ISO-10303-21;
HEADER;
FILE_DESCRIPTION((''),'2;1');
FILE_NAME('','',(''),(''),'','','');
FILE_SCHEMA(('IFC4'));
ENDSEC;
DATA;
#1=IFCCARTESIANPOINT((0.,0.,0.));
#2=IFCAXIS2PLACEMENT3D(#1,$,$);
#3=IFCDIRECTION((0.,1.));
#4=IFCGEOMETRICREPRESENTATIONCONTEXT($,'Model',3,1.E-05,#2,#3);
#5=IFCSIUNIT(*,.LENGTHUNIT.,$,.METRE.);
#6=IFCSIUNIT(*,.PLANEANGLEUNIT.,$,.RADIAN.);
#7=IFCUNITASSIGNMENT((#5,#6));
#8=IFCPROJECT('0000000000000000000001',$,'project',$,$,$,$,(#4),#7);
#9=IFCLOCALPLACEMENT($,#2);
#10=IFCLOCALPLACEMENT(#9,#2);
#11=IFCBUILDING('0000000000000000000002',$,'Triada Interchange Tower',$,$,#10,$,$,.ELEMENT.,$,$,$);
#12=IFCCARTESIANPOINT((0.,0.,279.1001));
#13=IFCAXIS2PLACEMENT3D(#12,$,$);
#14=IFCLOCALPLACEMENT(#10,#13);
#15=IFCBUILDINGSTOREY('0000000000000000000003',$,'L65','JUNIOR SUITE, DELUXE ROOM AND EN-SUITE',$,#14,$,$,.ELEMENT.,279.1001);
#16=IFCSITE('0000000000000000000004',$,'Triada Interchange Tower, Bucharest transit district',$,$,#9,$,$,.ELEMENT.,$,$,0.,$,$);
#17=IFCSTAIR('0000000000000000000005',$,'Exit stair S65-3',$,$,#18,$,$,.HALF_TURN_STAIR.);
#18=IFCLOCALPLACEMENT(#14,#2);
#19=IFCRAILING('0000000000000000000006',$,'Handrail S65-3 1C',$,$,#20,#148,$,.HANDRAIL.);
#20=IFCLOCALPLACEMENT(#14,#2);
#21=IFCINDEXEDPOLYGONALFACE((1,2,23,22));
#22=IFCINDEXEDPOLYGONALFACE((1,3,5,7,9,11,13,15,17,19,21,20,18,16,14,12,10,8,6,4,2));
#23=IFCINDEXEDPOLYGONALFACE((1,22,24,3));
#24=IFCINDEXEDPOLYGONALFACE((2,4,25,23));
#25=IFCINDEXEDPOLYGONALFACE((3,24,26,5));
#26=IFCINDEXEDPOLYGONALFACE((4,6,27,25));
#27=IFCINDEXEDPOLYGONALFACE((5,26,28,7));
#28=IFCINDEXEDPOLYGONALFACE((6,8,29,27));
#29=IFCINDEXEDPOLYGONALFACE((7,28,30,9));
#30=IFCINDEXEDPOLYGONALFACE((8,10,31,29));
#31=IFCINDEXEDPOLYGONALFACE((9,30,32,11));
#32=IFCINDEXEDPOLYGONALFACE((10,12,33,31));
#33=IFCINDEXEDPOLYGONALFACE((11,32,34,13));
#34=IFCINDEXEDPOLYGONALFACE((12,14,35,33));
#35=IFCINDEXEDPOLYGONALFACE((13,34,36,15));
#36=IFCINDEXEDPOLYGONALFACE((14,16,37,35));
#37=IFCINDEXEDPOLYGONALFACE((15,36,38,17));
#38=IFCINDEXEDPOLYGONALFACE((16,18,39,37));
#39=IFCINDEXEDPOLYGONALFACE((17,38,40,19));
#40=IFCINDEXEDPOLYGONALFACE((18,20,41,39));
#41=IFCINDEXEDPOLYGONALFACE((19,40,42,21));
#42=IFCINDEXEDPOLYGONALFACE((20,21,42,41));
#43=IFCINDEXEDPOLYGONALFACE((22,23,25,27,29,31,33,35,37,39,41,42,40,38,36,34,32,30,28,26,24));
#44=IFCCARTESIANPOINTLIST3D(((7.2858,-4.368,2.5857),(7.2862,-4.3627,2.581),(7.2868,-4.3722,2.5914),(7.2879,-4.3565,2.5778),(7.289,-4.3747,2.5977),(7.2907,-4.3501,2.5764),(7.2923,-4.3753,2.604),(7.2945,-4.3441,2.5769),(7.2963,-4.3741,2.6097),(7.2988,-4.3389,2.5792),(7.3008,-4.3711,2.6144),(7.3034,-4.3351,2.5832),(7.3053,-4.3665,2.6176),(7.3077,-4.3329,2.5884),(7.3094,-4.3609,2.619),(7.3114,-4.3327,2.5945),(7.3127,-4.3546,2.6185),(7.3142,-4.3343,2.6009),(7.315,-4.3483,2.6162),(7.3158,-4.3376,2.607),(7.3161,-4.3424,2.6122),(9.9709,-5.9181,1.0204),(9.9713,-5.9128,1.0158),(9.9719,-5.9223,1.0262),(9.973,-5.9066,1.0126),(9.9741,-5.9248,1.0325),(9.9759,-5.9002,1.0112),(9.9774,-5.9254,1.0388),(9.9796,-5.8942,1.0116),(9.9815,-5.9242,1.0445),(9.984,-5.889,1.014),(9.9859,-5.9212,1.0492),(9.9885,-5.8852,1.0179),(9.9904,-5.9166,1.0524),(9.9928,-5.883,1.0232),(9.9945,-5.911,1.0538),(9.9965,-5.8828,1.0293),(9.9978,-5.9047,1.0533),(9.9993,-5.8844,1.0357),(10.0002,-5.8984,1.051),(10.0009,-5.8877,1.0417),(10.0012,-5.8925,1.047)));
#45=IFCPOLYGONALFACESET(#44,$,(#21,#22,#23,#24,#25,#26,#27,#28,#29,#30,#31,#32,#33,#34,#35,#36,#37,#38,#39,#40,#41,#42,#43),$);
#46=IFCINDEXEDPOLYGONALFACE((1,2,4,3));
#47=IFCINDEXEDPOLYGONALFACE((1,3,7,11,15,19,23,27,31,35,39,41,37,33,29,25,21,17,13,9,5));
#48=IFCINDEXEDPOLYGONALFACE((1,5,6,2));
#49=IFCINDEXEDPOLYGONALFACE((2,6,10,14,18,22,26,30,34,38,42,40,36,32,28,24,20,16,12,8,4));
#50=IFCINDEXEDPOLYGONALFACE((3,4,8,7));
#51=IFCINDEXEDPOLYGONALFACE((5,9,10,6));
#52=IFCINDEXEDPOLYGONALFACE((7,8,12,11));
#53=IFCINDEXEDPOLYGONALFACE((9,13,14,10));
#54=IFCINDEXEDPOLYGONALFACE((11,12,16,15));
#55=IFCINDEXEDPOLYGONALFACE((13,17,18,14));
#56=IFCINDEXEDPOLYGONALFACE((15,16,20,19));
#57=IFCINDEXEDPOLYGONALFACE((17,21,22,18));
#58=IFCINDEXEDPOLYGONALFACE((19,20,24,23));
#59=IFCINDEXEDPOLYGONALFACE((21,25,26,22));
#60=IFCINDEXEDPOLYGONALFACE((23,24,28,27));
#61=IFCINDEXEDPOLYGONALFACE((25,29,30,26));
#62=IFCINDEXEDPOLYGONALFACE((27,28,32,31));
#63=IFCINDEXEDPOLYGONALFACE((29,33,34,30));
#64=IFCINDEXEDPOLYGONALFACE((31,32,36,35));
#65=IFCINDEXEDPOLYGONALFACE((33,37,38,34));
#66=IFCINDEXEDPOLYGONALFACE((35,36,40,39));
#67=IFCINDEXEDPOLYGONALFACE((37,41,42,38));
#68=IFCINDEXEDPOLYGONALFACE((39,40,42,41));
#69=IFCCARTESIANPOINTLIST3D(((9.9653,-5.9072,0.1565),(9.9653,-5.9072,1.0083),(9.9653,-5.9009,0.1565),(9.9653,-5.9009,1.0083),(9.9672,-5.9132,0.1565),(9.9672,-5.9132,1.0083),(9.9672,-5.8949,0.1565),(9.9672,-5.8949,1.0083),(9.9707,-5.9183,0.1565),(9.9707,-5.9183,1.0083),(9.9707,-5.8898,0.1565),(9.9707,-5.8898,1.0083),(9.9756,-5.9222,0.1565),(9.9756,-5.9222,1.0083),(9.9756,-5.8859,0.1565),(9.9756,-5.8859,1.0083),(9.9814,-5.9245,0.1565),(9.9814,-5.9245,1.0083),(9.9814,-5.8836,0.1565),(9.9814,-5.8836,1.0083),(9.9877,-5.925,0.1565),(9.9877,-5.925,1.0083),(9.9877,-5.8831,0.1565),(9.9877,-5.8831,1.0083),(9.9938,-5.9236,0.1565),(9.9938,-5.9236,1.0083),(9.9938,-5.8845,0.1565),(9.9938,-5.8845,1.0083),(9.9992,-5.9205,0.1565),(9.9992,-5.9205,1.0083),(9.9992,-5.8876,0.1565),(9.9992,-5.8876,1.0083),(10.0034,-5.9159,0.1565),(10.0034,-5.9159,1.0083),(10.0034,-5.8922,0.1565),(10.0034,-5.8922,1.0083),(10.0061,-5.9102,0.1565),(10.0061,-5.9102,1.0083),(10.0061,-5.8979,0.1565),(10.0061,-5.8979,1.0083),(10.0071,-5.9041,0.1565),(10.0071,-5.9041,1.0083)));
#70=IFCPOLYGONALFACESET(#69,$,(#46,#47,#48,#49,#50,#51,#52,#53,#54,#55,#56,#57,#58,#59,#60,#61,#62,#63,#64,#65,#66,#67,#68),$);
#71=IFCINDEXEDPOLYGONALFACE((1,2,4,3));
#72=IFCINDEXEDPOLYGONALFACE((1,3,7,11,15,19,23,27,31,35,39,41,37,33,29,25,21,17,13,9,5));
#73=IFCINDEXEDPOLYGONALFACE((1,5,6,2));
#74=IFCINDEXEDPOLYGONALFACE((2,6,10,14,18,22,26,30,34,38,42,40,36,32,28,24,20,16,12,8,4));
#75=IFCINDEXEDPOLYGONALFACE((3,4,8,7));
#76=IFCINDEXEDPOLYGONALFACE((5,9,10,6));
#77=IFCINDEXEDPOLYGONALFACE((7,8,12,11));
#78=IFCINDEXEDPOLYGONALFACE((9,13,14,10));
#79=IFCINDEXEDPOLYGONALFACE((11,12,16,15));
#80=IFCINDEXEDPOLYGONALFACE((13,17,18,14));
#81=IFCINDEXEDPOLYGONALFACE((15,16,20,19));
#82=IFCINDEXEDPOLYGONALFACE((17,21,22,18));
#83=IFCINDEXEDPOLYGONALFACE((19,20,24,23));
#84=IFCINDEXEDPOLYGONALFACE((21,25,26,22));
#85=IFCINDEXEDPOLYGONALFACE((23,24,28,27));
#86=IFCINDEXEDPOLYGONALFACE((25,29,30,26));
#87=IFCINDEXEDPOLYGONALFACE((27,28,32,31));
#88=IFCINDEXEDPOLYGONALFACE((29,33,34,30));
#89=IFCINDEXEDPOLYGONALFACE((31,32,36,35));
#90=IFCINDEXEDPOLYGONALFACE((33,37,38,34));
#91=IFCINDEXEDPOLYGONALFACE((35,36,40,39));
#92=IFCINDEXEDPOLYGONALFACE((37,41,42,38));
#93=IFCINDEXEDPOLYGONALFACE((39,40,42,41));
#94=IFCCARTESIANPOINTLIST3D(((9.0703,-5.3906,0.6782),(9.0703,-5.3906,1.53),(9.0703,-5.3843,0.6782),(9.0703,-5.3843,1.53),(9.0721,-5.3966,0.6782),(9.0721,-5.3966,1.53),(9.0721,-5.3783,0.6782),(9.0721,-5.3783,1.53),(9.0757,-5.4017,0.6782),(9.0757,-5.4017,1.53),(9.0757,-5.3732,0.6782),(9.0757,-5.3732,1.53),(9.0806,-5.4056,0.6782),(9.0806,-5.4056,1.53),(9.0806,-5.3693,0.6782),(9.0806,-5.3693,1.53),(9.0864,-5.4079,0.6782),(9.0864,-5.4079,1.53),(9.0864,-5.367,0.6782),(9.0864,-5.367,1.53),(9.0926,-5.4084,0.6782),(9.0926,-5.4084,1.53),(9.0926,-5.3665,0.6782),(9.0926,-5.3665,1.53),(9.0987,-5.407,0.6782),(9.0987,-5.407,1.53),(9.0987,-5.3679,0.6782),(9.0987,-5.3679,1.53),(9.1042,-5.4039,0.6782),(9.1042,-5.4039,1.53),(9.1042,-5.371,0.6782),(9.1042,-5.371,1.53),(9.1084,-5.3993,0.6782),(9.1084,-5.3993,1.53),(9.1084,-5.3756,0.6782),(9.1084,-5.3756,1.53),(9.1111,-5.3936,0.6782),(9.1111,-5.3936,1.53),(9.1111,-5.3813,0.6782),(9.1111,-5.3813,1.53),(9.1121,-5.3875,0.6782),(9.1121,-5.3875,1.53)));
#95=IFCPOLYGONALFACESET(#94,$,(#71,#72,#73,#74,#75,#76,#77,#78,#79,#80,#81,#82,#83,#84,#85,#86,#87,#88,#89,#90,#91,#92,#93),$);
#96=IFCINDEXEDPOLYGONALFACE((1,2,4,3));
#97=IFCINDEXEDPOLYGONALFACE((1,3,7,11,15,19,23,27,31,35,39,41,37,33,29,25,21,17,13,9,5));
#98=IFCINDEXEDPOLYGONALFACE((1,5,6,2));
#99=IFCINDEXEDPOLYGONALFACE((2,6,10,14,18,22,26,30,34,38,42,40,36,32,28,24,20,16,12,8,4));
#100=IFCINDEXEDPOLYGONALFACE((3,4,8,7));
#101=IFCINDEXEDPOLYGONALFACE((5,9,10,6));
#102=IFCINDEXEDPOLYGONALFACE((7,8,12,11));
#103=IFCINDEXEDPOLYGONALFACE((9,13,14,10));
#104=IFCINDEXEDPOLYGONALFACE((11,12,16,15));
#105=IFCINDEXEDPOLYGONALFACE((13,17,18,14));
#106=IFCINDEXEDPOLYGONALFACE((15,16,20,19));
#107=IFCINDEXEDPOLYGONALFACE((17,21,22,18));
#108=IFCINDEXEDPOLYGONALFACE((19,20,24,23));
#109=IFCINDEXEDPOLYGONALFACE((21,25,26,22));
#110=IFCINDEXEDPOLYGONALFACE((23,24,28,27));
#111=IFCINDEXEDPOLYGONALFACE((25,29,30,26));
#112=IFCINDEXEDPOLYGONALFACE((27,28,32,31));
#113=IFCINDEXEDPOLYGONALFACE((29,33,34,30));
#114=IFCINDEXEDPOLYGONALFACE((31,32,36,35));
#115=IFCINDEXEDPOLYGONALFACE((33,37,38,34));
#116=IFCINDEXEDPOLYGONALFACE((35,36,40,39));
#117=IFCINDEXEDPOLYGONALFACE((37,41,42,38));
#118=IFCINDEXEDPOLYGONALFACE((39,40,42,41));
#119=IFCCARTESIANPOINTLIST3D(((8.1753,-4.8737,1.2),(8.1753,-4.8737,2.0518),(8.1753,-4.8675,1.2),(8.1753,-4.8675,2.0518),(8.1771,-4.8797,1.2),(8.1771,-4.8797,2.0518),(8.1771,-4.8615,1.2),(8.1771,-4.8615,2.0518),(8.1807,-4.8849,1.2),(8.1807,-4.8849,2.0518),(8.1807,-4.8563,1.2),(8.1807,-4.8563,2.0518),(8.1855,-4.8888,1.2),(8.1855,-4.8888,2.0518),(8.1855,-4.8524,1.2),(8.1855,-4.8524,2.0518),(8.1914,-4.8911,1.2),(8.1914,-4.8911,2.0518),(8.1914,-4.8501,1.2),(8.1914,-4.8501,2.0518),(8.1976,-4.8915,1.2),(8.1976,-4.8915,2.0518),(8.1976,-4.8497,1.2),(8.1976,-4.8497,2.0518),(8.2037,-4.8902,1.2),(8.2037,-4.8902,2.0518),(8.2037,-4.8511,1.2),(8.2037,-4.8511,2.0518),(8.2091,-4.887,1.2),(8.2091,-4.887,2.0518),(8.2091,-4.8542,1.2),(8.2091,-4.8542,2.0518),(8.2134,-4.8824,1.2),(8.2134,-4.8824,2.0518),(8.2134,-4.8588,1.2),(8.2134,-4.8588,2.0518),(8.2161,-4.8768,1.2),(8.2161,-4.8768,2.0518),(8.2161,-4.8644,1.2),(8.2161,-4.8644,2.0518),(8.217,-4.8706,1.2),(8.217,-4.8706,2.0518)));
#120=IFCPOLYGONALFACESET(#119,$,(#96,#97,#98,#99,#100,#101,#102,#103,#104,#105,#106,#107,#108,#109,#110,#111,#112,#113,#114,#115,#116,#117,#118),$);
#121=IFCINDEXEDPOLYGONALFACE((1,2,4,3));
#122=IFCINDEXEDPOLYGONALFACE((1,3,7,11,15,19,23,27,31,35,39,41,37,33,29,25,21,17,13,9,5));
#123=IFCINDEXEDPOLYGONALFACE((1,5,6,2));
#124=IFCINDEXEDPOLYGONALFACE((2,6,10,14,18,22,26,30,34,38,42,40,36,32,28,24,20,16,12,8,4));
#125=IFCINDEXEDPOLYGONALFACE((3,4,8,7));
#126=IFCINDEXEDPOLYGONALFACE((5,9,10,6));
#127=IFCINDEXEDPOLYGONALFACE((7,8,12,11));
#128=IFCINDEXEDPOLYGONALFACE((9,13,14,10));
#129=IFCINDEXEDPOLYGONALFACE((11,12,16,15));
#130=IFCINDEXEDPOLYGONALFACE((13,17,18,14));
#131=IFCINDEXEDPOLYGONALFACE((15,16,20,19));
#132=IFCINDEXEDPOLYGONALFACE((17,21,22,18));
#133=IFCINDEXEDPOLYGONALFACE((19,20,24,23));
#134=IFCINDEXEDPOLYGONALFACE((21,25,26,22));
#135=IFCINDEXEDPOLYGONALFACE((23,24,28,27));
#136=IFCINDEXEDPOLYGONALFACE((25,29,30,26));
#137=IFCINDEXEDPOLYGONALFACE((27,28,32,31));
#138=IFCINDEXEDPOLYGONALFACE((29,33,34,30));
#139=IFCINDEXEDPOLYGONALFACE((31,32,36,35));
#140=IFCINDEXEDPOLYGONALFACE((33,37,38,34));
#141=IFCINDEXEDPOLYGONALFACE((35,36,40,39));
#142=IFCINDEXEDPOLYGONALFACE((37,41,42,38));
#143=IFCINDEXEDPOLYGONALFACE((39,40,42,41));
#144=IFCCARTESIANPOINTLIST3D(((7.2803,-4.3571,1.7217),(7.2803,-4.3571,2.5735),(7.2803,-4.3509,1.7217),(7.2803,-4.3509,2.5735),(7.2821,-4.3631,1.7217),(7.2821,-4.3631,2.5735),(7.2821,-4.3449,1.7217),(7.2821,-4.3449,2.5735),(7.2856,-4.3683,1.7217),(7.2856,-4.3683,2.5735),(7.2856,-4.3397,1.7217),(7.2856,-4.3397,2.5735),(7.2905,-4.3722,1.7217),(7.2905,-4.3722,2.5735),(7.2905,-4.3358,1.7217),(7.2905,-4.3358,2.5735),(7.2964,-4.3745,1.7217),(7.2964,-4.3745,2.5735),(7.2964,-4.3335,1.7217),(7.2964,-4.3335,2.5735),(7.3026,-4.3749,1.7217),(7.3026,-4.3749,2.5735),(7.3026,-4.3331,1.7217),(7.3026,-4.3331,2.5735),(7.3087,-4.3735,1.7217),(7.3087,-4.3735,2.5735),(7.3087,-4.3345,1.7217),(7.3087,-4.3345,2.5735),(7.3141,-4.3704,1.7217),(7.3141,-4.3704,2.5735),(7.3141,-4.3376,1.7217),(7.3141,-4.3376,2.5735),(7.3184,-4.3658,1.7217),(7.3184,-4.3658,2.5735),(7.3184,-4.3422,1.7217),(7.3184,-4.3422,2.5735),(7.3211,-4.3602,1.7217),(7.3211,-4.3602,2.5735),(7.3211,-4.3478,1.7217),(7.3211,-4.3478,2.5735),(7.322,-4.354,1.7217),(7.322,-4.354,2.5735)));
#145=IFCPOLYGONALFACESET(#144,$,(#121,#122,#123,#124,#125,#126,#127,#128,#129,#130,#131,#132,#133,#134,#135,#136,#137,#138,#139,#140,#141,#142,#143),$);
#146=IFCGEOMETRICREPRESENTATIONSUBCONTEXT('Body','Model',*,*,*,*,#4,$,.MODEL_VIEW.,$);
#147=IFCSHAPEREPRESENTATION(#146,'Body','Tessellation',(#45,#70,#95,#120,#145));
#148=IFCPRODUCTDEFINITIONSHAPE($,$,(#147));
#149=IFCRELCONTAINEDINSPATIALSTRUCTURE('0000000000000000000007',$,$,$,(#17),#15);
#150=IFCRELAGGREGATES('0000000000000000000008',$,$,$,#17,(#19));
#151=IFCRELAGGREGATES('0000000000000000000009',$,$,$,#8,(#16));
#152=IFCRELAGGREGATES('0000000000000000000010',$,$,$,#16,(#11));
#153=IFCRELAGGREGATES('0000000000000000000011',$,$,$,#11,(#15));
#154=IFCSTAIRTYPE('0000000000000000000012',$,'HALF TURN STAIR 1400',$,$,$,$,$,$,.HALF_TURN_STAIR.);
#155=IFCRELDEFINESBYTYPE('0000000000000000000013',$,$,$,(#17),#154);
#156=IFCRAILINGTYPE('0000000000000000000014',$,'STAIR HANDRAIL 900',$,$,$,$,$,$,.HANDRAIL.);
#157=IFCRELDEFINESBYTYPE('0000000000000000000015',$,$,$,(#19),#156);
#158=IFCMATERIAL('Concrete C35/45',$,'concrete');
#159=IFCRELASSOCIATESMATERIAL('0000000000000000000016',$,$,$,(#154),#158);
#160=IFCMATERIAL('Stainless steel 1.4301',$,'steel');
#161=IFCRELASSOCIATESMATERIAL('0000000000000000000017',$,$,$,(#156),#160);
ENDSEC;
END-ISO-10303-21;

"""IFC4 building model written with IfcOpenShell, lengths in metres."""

from ifc_helpers import new_model, si_unit, direction, frame, origin, origin_2d, place, context, subcontext, project, spatial, circle, extrude, material, type_object, element, aggregate, save


model = new_model("IFC4")

# Units and contexts
model_context = context("Model", 3, precision=1e-05, world=origin(), true_north=direction((0.0, 1.0)))
body_context = subcontext(model_context, "Body", "Model", "MODEL_VIEW")
ifc_project = project(units=[si_unit("LENGTHUNIT", "METRE"), si_unit("PLANEANGLEUNIT", "RADIAN")], contexts=[model_context])

# Site, building, storey
site_placement = place(None, origin())
site = spatial("IfcSite", under=ifc_project, at=site_placement, Name="Triada Interchange Tower, Bucharest transit district", CompositionType="ELEMENT", RefElevation=0.0)
building_placement = place(site_placement, origin())
building = spatial("IfcBuilding", under=site, at=building_placement, Name="Triada Interchange Tower", CompositionType="ELEMENT")
storey_placement = place(building_placement, frame((0.0, 0.0, 279.1001)))
storey = spatial("IfcBuildingStorey", under=building, at=storey_placement, Name="L65", Description="JUNIOR SUITE, DELUXE ROOM AND EN-SUITE", CompositionType="ELEMENT", Elevation=279.1001)

# Stair, railing
ifc_material_1 = material(Name="Concrete C35/45", Category="concrete")
stair_type = type_object("IfcStairType", Name="HALF TURN STAIR 1400", PredefinedType="HALF_TURN_STAIR", material=ifc_material_1)
stair_placement = place(storey_placement, origin())
stair = element("IfcStair", 1, at=stair_placement, inside=storey, type_object=stair_type, Name="Exit stair S65-3", PredefinedType="HALF_TURN_STAIR")
ifc_material_2 = material(Name="Stainless steel 1.4301", Category="steel")
railing_type = type_object("IfcRailingType", Name="STAIR HANDRAIL 900", PredefinedType="HANDRAIL", material=ifc_material_2)
railing_1_placement = place(storey_placement, frame((9.9861, -5.9041, 0.1565)))
railing_1 = element("IfcRailing", 2, at=railing_1_placement, type_object=railing_type, Name="Handrail S65-3 1C", PredefinedType="HANDRAIL", context=body_context, shape_type="SweptSolid", body=[
    extrude(circle(Radius=0.0239, at=origin_2d()), frame((0.0, 0.0, 0.876), z_axis=(-0.773115, 0.446309, 0.450667), x_axis=(-0.499959, -0.866049, 0.0)), (0.0, 0.0, 1.0), 3.4731),
    extrude(circle(Radius=0.021, at=origin_2d()), origin(), (0.0, 0.0, 1.0), 0.8518),
    extrude(circle(Radius=0.021, at=origin_2d()), frame((-0.895, 0.5166, 0.5217)), (0.0, 0.0, 1.0), 0.8518),
    extrude(circle(Radius=0.021, at=origin_2d()), frame((-1.79, 1.0334, 1.0435)), (0.0, 0.0, 1.0), 0.8518),
    extrude(circle(Radius=0.021, at=origin_2d()), frame((-2.6851, 1.55, 1.5652)), (0.0, 0.0, 1.0), 0.8518),
])
aggregate(stair, [railing_1])

save(model, "model.ifc")
